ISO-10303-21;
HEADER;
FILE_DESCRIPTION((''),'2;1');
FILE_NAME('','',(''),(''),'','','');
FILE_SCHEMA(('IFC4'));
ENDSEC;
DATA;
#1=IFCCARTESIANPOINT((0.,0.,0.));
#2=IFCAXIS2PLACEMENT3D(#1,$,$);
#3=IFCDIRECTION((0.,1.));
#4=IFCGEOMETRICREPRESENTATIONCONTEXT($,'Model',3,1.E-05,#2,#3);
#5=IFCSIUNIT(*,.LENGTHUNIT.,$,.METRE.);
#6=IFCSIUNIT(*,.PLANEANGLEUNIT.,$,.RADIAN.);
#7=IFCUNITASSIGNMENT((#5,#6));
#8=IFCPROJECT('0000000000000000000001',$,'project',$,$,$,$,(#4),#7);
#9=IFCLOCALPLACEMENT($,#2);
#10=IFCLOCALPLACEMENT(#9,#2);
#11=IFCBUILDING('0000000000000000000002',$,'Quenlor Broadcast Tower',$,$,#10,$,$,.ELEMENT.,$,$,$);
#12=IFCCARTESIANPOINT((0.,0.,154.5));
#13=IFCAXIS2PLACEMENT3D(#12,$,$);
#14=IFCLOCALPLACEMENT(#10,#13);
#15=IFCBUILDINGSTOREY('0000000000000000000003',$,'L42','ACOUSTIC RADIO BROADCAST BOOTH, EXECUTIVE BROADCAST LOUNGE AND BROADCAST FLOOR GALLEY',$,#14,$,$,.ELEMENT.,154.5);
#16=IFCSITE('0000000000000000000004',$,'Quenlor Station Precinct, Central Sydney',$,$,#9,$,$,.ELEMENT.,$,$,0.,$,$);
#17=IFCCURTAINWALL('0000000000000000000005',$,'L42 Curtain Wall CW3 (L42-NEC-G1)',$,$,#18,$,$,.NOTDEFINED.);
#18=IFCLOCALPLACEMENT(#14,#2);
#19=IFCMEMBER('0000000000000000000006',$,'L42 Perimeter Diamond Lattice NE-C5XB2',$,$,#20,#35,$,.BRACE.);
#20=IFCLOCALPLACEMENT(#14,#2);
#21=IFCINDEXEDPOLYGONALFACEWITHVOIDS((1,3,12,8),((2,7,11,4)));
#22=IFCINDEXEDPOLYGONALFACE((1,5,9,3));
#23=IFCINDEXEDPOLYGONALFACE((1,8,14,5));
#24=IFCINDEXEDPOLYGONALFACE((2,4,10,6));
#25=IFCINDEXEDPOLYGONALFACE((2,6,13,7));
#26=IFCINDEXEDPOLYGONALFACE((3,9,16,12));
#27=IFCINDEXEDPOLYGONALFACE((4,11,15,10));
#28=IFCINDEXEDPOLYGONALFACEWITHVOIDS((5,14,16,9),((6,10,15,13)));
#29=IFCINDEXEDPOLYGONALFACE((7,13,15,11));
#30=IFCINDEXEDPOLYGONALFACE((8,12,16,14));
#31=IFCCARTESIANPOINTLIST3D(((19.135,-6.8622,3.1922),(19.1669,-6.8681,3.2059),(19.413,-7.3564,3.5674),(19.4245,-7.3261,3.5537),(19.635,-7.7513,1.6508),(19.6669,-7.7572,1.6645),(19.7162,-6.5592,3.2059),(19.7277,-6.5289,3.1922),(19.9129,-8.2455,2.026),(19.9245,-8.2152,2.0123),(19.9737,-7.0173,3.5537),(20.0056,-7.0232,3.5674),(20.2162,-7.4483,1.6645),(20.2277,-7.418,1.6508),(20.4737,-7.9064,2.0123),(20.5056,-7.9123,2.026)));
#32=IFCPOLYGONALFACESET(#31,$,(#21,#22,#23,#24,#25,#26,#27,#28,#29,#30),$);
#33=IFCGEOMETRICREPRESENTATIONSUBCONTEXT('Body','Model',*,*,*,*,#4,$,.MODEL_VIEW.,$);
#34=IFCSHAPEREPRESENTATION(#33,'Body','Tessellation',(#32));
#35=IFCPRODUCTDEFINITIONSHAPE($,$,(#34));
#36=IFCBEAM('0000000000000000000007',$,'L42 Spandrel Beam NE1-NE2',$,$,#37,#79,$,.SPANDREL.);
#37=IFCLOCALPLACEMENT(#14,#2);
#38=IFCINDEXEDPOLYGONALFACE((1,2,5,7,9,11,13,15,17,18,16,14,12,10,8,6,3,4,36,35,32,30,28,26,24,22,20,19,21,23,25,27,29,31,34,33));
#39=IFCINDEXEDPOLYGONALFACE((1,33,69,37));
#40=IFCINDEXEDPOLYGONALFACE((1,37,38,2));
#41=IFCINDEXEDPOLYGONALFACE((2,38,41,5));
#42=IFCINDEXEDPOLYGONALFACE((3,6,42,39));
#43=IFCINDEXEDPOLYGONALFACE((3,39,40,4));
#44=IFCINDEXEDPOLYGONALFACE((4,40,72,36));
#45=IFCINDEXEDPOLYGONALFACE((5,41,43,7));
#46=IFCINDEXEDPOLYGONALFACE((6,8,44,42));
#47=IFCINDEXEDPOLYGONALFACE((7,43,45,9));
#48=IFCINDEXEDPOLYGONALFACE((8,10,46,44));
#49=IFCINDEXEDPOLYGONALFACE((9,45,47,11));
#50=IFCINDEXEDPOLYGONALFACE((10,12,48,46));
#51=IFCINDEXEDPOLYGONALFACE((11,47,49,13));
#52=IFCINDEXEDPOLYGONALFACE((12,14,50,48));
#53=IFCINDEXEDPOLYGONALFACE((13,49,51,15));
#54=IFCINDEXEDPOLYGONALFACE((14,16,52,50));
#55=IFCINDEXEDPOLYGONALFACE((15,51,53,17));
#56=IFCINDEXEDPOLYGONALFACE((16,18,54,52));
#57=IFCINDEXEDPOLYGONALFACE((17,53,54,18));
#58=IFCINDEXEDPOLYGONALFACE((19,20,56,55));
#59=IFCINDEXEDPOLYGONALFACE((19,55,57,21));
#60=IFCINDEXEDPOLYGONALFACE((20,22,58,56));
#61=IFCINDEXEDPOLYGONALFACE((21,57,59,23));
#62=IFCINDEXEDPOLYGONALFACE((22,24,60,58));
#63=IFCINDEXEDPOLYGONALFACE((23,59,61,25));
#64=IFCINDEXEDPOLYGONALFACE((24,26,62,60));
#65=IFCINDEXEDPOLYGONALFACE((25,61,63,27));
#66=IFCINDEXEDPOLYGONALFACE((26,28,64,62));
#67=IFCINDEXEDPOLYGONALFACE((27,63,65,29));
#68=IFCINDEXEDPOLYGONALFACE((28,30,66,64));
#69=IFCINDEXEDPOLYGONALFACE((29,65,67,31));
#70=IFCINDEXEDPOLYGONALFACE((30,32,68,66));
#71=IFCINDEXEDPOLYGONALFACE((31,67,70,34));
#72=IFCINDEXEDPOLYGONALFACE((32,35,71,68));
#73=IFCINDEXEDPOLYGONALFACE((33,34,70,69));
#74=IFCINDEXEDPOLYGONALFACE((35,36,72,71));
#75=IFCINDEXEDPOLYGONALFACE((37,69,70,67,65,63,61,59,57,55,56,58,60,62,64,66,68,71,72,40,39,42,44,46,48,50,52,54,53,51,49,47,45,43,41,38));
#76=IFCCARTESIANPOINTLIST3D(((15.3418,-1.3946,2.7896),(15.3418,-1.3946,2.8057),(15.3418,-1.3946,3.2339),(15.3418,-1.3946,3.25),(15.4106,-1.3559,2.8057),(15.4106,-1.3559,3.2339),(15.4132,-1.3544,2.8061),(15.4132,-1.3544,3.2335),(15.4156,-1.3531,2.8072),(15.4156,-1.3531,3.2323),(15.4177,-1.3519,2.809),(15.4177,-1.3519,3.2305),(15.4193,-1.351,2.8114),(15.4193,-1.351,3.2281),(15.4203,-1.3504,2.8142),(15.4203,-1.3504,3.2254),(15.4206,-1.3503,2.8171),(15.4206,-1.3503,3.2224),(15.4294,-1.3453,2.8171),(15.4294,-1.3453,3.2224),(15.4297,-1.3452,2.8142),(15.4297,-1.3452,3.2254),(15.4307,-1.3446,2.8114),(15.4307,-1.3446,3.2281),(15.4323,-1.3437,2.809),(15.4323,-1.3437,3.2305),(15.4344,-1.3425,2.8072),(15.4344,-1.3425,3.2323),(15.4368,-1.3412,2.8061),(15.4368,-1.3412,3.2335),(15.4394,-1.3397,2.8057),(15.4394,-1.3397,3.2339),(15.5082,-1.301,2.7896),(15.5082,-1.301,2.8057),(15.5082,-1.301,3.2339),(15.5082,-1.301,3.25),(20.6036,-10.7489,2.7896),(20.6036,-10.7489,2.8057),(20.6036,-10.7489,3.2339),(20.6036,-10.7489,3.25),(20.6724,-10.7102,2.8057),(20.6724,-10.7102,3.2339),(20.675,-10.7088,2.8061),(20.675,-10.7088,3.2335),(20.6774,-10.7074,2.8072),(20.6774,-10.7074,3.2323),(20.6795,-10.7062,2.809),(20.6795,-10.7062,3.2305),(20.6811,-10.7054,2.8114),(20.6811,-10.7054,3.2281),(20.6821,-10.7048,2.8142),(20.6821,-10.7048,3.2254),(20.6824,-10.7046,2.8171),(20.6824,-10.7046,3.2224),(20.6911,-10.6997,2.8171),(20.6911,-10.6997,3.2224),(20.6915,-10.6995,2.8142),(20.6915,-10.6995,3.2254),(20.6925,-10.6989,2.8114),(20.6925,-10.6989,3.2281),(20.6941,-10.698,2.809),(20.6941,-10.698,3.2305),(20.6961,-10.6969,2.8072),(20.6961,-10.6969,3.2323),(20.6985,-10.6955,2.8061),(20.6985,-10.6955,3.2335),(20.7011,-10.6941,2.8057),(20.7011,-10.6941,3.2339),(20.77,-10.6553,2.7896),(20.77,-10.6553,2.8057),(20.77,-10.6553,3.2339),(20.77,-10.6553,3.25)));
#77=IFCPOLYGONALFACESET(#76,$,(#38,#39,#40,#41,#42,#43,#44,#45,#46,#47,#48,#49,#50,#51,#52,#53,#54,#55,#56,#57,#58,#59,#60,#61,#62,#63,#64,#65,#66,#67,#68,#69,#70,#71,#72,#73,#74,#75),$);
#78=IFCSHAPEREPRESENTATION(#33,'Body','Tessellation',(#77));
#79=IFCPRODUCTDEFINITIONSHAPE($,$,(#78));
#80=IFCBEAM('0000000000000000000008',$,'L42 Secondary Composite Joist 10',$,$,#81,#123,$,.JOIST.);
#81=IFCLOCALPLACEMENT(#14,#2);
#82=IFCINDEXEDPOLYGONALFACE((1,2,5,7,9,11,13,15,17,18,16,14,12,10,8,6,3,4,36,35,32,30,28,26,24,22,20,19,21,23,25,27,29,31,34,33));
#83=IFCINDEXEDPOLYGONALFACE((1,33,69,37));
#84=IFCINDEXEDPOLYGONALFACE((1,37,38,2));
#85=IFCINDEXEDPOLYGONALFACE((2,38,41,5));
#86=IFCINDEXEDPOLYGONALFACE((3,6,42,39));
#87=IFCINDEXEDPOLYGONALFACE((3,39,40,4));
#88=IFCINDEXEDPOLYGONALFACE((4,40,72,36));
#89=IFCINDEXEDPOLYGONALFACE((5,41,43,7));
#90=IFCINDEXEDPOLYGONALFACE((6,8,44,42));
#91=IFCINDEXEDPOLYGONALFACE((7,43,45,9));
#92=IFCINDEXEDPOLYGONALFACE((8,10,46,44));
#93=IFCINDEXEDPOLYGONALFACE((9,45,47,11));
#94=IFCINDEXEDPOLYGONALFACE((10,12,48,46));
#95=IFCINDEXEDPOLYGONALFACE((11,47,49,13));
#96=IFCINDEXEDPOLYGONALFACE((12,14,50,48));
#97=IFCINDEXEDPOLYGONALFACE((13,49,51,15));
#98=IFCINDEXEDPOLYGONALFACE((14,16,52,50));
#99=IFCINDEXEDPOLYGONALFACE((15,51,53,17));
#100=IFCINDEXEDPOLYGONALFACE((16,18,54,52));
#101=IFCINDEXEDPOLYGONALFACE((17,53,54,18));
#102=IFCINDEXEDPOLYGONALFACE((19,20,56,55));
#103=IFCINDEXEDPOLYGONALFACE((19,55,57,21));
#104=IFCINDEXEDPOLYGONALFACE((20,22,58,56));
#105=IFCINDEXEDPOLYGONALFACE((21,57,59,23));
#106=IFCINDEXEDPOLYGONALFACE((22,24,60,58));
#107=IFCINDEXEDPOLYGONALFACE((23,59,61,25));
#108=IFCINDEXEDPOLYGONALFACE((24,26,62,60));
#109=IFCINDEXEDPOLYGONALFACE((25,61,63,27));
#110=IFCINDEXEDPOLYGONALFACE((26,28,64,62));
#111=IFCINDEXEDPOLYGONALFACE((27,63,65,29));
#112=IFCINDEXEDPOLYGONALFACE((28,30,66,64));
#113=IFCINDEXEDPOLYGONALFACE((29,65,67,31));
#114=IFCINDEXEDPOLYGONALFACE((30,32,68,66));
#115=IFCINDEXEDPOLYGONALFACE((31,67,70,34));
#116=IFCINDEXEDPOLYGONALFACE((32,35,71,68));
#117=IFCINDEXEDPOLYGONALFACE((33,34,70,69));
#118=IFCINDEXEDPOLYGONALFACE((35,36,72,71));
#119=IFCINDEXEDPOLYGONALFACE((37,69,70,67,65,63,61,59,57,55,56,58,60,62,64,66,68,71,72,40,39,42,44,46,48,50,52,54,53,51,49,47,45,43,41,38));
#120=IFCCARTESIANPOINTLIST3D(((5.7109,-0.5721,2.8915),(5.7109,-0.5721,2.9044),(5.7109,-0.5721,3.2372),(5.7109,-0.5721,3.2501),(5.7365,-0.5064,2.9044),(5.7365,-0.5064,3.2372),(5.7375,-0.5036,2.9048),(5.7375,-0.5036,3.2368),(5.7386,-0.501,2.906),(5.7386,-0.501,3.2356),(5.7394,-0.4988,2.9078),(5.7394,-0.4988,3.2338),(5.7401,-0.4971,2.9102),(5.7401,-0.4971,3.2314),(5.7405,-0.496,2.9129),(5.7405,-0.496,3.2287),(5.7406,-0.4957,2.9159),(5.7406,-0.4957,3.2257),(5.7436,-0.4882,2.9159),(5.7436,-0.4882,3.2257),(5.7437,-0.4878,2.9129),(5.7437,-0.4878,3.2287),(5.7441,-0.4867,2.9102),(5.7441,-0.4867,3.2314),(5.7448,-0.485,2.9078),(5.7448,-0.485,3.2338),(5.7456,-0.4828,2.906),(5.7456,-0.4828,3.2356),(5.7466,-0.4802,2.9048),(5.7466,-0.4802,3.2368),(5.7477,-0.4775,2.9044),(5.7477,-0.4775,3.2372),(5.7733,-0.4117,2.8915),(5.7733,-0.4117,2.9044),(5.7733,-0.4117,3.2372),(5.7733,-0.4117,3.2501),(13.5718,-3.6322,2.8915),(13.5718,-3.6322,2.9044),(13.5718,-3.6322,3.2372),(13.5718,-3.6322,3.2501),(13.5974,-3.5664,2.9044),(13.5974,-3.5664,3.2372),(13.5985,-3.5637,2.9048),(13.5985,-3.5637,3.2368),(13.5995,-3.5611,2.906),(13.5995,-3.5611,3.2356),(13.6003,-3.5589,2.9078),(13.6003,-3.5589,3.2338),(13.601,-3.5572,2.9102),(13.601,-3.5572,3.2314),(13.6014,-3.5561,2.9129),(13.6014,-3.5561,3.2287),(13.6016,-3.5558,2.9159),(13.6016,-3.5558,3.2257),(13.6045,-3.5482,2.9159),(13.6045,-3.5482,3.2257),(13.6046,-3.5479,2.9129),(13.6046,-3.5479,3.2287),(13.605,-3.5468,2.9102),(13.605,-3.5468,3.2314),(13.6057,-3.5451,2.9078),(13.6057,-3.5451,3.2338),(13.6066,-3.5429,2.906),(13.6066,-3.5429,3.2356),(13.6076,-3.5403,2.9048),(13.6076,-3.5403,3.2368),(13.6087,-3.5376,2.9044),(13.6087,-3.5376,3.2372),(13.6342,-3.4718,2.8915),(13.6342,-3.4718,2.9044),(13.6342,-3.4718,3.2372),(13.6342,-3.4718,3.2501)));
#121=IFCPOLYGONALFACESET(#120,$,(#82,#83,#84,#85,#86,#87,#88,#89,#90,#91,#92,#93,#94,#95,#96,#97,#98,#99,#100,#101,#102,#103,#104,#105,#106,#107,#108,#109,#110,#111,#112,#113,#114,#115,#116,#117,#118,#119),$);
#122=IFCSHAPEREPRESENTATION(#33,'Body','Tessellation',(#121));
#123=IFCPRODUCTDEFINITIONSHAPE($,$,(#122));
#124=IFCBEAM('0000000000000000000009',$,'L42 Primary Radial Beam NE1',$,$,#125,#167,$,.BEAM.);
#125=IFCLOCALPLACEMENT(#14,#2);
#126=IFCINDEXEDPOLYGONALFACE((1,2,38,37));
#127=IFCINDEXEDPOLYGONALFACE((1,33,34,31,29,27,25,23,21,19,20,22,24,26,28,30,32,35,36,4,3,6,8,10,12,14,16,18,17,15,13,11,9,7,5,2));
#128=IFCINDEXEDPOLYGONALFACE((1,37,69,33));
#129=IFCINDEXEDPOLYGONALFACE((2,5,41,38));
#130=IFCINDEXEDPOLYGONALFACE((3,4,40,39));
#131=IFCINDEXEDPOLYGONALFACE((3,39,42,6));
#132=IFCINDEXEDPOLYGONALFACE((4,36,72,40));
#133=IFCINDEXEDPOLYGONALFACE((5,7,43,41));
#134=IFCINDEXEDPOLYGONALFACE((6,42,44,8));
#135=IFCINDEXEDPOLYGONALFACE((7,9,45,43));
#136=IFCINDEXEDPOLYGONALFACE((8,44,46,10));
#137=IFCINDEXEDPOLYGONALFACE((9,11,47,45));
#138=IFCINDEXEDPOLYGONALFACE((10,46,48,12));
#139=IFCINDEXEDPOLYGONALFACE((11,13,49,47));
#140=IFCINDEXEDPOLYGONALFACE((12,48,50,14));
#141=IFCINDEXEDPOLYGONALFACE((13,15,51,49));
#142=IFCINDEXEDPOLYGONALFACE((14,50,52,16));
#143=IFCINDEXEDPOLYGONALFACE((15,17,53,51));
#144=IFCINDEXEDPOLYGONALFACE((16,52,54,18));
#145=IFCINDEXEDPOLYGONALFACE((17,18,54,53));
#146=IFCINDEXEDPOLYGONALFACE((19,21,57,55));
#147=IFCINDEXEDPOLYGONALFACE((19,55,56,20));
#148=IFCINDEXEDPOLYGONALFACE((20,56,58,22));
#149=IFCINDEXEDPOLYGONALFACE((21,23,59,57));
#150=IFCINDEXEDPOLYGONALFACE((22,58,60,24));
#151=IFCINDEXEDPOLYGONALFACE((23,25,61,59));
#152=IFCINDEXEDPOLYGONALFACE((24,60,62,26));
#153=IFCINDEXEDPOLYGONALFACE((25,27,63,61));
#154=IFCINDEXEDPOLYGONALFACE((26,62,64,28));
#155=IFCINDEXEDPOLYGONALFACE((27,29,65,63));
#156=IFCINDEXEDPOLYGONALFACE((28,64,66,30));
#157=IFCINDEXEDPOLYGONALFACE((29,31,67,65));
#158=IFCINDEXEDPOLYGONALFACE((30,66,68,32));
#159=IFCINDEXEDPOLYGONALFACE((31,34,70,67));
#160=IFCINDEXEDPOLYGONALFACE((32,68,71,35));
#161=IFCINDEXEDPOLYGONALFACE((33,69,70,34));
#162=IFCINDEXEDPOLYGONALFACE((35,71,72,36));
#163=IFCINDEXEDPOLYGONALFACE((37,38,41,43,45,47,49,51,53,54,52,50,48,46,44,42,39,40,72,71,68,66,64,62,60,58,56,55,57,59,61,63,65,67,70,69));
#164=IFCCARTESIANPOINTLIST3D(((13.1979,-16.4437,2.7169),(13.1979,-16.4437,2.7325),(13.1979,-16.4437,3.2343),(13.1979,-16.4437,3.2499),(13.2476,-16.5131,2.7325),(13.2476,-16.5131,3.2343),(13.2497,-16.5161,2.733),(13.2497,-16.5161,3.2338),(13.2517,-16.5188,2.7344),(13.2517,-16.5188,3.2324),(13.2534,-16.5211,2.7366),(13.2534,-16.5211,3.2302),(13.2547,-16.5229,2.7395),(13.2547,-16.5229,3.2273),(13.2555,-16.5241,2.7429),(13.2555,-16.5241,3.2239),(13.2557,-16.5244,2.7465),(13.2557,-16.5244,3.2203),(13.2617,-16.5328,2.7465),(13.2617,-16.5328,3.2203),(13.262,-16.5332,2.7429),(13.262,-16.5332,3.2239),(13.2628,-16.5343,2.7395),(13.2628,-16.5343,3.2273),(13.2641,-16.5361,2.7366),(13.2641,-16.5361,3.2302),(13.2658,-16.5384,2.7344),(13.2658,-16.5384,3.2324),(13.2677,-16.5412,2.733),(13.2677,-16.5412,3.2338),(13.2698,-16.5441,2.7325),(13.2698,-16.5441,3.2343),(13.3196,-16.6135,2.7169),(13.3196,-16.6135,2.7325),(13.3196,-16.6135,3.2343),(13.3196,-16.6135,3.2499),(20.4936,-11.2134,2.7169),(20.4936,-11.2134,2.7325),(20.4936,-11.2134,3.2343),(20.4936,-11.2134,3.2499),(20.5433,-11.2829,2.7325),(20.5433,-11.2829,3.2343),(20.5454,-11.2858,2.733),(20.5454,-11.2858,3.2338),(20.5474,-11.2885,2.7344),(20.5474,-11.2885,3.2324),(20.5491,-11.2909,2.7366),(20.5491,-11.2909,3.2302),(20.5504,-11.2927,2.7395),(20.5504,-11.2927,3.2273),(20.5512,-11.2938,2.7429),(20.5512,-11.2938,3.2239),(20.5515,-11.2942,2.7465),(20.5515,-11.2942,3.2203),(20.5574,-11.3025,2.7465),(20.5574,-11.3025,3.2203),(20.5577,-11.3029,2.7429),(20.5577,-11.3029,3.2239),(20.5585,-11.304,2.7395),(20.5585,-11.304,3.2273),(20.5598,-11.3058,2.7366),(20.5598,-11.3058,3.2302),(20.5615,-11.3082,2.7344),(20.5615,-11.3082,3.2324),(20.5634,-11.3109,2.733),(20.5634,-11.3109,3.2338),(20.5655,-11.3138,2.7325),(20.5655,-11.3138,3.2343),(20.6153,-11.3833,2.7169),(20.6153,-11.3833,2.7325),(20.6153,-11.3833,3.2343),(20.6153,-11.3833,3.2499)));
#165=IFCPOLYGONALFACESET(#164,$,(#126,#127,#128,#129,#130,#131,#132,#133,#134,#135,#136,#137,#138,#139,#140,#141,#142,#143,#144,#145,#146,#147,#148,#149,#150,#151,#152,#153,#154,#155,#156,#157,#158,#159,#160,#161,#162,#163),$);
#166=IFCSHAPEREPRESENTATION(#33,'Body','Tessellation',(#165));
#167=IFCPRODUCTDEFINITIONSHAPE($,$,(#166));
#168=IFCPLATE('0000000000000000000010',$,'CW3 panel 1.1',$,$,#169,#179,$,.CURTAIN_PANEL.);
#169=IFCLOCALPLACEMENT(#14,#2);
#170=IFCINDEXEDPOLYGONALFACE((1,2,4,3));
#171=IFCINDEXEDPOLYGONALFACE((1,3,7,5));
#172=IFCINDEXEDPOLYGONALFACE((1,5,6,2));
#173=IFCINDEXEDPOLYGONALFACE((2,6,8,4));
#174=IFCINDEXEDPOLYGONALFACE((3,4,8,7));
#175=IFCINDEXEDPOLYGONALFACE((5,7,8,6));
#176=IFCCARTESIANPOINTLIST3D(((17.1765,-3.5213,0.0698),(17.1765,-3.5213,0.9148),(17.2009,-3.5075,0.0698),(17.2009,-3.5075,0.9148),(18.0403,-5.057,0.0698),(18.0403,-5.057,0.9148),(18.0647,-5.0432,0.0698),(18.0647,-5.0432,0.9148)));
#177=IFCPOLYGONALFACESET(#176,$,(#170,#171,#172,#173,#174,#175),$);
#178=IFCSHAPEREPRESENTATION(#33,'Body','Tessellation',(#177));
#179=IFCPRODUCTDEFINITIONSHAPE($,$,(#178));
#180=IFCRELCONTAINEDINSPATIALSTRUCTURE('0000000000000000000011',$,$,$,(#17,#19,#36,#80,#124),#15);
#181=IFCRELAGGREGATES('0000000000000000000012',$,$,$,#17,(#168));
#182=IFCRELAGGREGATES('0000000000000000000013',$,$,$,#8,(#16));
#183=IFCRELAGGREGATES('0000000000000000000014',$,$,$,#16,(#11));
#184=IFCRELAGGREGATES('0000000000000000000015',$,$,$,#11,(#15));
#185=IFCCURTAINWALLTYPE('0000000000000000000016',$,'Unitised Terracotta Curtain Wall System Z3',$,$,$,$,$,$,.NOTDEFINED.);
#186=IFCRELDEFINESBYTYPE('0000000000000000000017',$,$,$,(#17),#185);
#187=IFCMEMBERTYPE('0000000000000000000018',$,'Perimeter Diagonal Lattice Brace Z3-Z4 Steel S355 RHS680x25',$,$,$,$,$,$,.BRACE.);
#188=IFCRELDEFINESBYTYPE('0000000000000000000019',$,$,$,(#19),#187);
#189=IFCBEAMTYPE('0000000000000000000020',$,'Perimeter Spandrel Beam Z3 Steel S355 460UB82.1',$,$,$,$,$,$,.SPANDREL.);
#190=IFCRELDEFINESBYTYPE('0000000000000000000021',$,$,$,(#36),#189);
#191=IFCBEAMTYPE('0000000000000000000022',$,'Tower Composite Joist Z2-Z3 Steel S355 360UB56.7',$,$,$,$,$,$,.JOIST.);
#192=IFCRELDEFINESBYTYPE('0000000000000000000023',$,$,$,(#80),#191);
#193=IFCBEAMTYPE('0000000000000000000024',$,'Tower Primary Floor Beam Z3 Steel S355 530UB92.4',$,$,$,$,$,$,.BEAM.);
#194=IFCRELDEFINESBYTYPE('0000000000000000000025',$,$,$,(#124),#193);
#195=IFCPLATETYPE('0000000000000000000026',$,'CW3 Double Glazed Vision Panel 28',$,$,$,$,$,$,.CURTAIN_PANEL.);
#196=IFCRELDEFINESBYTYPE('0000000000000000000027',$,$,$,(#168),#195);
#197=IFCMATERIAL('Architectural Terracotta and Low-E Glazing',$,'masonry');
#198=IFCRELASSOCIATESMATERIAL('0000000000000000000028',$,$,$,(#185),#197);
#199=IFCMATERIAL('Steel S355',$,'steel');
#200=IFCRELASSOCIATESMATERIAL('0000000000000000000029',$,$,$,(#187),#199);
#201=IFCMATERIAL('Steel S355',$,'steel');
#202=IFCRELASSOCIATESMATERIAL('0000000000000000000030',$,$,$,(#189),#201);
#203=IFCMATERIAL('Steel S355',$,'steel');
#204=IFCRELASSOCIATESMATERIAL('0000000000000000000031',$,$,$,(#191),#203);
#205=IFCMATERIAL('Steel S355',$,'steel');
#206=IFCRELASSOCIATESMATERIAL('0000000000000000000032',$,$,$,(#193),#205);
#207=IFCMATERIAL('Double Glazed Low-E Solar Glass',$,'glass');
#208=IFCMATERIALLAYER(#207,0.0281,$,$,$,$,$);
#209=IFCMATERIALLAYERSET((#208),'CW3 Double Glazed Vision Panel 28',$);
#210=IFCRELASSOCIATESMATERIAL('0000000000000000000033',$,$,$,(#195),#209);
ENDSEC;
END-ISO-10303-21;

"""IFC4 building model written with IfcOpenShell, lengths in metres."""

from ifc_helpers import new_model, si_unit, direction, frame, origin, origin_2d, place, context, subcontext, project, spatial, rectangle, hollow_rectangle, i_section, extrude, material, layer, layer_set, material_profile, profile_set, type_object, element, aggregate, save


model = new_model("IFC4")

# Units and contexts
model_context = context("Model", 3, precision=1e-05, world=origin(), true_north=direction((0.0, 1.0)))
body_context = subcontext(model_context, "Body", "Model", "MODEL_VIEW")
ifc_project = project(units=[si_unit("LENGTHUNIT", "METRE"), si_unit("PLANEANGLEUNIT", "RADIAN")], contexts=[model_context])

# Site, building, storey
site_placement = place(None, origin())
site = spatial("IfcSite", under=ifc_project, at=site_placement, Name="Quenlor Station Precinct, Central Sydney", CompositionType="ELEMENT", RefElevation=0.0)
building_placement = place(site_placement, origin())
building = spatial("IfcBuilding", under=site, at=building_placement, Name="Quenlor Broadcast Tower", CompositionType="ELEMENT")
storey_placement = place(building_placement, frame((0.0, 0.0, 154.5)))
storey = spatial("IfcBuildingStorey", under=building, at=storey_placement, Name="L42", Description="ACOUSTIC RADIO BROADCAST BOOTH, EXECUTIVE BROADCAST LOUNGE AND BROADCAST FLOOR GALLEY", CompositionType="ELEMENT", Elevation=154.5)

# Curtain wall
ifc_material_1 = material(Name="Architectural Terracotta and Low-E Glazing", Category="masonry")
curtain_wall_type = type_object("IfcCurtainWallType", Name="Unitised Terracotta Curtain Wall System Z3", PredefinedType="NOTDEFINED", material=ifc_material_1)
curtain_wall_placement = place(storey_placement, origin())
curtain_wall = element("IfcCurtainWall", 1, at=curtain_wall_placement, inside=storey, type_object=curtain_wall_type, Name="L42 Curtain Wall CW3 (L42-NEC-G1)", PredefinedType="NOTDEFINED")

# Member
ifc_material_2 = material(Name="Steel S355", Category="steel")
ifc_material_profile_1 = material_profile(ifc_material_2, hollow_rectangle(XDim=0.6799, YDim=0.6799, WallThickness=0.0249, at=origin_2d()))
ifc_profile_set_1 = profile_set([ifc_material_profile_1], Name="Steel S355 RHS680x680x25")
member_type_1 = type_object("IfcMemberType", Name="Perimeter Diagonal Lattice Brace Z3-Z4 Steel S355 RHS680x25", PredefinedType="BRACE", material=ifc_profile_set_1)
member_1_placement = place(storey_placement, frame((20.0703, -7.8318, 1.8384), z_axis=(-0.270494, 0.481025, 0.833935), x_axis=(-0.871639, -0.490148, 0.0)))
element("IfcMember", 2, at=member_1_placement, inside=storey, type_object=member_type_1, Name="L42 Perimeter Diamond Lattice NE-C5XB2", PredefinedType="BRACE", context=body_context, shape_type="SweptSolid", body=[
    extrude(hollow_rectangle(XDim=0.6799, YDim=0.6799, WallThickness=0.0249, at=origin_2d()), origin(), (0.0, 0.0, 1.0), 1.8484),
])

# Beams
ifc_material_3 = material(Name="Steel S355", Category="steel")
ifc_material_profile_2 = material_profile(ifc_material_3, i_section(OverallWidth=0.1909, OverallDepth=0.4604, WebThickness=0.01, FlangeThickness=0.0161, FilletRadius=0.0115, at=origin_2d()))
ifc_profile_set_2 = profile_set([ifc_material_profile_2], Name="Steel S355 460UB82.1")
beam_type_1 = type_object("IfcBeamType", Name="Perimeter Spandrel Beam Z3 Steel S355 460UB82.1", PredefinedType="SPANDREL", material=ifc_profile_set_2)
beam_1_placement = place(storey_placement, frame((20.6868, -10.7021, 3.0198), z_axis=(-0.490258, 0.871577, 0.0), x_axis=(-0.871577, -0.490258, 0.0)))
element("IfcBeam", 3, at=beam_1_placement, inside=storey, type_object=beam_type_1, Name="L42 Spandrel Beam NE1-NE2", PredefinedType="SPANDREL", context=body_context, shape_type="SweptSolid", body=[
    extrude(i_section(OverallWidth=0.1909, OverallDepth=0.4604, WebThickness=0.01, FlangeThickness=0.0161, FilletRadius=0.0115, at=origin_2d()), origin(), (0.0, 0.0, 1.0), 10.7327),
])
ifc_material_4 = material(Name="Steel S355", Category="steel")
ifc_material_profile_3 = material_profile(ifc_material_4, i_section(OverallWidth=0.1721, OverallDepth=0.3586, WebThickness=0.0081, FlangeThickness=0.0129, FilletRadius=0.0115, at=origin_2d()))
ifc_profile_set_3 = profile_set([ifc_material_profile_3], Name="Steel S355 360UB56.7")
beam_type_2 = type_object("IfcBeamType", Name="Tower Composite Joist Z2-Z3 Steel S355 360UB56.7", PredefinedType="JOIST", material=ifc_profile_set_3)
beam_2_placement = place(storey_placement, frame((13.603, -3.552, 3.0708), z_axis=(-0.931882, 0.362762, 0.0), x_axis=(-0.362762, -0.931882, 0.0)))
element("IfcBeam", 4, at=beam_2_placement, inside=storey, type_object=beam_type_2, Name="L42 Secondary Composite Joist 10", PredefinedType="JOIST", context=body_context, shape_type="SweptSolid", body=[
    extrude(i_section(OverallWidth=0.1721, OverallDepth=0.3586, WebThickness=0.0081, FlangeThickness=0.0129, FilletRadius=0.0115, at=origin_2d()), origin(), (0.0, 0.0, 1.0), 8.4355),
])
ifc_material_5 = material(Name="Steel S355", Category="steel")
ifc_material_profile_4 = material_profile(ifc_material_5, i_section(OverallWidth=0.209, OverallDepth=0.533, WebThickness=0.0103, FlangeThickness=0.0156, FilletRadius=0.0139, at=origin_2d()))
ifc_profile_set_4 = profile_set([ifc_material_profile_4], Name="Steel S355 530UB92.4")
beam_type_3 = type_object("IfcBeamType", Name="Tower Primary Floor Beam Z3 Steel S355 530UB92.4", PredefinedType="BEAM", material=ifc_profile_set_4)
beam_3_placement = place(storey_placement, frame((20.5544, -11.2983, 2.9834), z_axis=(-0.812729, -0.582642, 0.0), x_axis=(0.582642, -0.812729, 0.0)))
element("IfcBeam", 5, at=beam_3_placement, inside=storey, type_object=beam_type_3, Name="L42 Primary Radial Beam NE1", PredefinedType="BEAM", context=body_context, shape_type="SweptSolid", body=[
    extrude(i_section(OverallWidth=0.209, OverallDepth=0.533, WebThickness=0.0103, FlangeThickness=0.0156, FilletRadius=0.0139, at=origin_2d()), origin(), (0.0, 0.0, 1.0), 8.9768),
])

# Plate
ifc_material_6 = material(Name="Double Glazed Low-E Solar Glass", Category="glass")
ifc_layer_1 = layer(ifc_material_6, 0.0281)
ifc_layer_set_1 = layer_set([ifc_layer_1], Name="CW3 Double Glazed Vision Panel 28")
plate_type_1 = type_object("IfcPlateType", Name="CW3 Double Glazed Vision Panel 28", PredefinedType="CURTAIN_PANEL", material=ifc_layer_set_1)
plate_1_placement = place(storey_placement, frame((17.6206, -4.2822, 0.0698), z_axis=(0.0, 0.0, 1.0), x_axis=(0.490259, -0.871577, 0.0)))
plate_1 = element("IfcPlate", 6, at=plate_1_placement, type_object=plate_type_1, Name="CW3 panel 1.1", PredefinedType="CURTAIN_PANEL", context=body_context, shape_type="SweptSolid", body=[
    extrude(rectangle(XDim=1.762, YDim=0.0281, at=origin_2d()), origin(), (0.0, 0.0, 1.0), 0.845),
])
aggregate(curtain_wall, [plate_1])

save(model, "model.ifc")
